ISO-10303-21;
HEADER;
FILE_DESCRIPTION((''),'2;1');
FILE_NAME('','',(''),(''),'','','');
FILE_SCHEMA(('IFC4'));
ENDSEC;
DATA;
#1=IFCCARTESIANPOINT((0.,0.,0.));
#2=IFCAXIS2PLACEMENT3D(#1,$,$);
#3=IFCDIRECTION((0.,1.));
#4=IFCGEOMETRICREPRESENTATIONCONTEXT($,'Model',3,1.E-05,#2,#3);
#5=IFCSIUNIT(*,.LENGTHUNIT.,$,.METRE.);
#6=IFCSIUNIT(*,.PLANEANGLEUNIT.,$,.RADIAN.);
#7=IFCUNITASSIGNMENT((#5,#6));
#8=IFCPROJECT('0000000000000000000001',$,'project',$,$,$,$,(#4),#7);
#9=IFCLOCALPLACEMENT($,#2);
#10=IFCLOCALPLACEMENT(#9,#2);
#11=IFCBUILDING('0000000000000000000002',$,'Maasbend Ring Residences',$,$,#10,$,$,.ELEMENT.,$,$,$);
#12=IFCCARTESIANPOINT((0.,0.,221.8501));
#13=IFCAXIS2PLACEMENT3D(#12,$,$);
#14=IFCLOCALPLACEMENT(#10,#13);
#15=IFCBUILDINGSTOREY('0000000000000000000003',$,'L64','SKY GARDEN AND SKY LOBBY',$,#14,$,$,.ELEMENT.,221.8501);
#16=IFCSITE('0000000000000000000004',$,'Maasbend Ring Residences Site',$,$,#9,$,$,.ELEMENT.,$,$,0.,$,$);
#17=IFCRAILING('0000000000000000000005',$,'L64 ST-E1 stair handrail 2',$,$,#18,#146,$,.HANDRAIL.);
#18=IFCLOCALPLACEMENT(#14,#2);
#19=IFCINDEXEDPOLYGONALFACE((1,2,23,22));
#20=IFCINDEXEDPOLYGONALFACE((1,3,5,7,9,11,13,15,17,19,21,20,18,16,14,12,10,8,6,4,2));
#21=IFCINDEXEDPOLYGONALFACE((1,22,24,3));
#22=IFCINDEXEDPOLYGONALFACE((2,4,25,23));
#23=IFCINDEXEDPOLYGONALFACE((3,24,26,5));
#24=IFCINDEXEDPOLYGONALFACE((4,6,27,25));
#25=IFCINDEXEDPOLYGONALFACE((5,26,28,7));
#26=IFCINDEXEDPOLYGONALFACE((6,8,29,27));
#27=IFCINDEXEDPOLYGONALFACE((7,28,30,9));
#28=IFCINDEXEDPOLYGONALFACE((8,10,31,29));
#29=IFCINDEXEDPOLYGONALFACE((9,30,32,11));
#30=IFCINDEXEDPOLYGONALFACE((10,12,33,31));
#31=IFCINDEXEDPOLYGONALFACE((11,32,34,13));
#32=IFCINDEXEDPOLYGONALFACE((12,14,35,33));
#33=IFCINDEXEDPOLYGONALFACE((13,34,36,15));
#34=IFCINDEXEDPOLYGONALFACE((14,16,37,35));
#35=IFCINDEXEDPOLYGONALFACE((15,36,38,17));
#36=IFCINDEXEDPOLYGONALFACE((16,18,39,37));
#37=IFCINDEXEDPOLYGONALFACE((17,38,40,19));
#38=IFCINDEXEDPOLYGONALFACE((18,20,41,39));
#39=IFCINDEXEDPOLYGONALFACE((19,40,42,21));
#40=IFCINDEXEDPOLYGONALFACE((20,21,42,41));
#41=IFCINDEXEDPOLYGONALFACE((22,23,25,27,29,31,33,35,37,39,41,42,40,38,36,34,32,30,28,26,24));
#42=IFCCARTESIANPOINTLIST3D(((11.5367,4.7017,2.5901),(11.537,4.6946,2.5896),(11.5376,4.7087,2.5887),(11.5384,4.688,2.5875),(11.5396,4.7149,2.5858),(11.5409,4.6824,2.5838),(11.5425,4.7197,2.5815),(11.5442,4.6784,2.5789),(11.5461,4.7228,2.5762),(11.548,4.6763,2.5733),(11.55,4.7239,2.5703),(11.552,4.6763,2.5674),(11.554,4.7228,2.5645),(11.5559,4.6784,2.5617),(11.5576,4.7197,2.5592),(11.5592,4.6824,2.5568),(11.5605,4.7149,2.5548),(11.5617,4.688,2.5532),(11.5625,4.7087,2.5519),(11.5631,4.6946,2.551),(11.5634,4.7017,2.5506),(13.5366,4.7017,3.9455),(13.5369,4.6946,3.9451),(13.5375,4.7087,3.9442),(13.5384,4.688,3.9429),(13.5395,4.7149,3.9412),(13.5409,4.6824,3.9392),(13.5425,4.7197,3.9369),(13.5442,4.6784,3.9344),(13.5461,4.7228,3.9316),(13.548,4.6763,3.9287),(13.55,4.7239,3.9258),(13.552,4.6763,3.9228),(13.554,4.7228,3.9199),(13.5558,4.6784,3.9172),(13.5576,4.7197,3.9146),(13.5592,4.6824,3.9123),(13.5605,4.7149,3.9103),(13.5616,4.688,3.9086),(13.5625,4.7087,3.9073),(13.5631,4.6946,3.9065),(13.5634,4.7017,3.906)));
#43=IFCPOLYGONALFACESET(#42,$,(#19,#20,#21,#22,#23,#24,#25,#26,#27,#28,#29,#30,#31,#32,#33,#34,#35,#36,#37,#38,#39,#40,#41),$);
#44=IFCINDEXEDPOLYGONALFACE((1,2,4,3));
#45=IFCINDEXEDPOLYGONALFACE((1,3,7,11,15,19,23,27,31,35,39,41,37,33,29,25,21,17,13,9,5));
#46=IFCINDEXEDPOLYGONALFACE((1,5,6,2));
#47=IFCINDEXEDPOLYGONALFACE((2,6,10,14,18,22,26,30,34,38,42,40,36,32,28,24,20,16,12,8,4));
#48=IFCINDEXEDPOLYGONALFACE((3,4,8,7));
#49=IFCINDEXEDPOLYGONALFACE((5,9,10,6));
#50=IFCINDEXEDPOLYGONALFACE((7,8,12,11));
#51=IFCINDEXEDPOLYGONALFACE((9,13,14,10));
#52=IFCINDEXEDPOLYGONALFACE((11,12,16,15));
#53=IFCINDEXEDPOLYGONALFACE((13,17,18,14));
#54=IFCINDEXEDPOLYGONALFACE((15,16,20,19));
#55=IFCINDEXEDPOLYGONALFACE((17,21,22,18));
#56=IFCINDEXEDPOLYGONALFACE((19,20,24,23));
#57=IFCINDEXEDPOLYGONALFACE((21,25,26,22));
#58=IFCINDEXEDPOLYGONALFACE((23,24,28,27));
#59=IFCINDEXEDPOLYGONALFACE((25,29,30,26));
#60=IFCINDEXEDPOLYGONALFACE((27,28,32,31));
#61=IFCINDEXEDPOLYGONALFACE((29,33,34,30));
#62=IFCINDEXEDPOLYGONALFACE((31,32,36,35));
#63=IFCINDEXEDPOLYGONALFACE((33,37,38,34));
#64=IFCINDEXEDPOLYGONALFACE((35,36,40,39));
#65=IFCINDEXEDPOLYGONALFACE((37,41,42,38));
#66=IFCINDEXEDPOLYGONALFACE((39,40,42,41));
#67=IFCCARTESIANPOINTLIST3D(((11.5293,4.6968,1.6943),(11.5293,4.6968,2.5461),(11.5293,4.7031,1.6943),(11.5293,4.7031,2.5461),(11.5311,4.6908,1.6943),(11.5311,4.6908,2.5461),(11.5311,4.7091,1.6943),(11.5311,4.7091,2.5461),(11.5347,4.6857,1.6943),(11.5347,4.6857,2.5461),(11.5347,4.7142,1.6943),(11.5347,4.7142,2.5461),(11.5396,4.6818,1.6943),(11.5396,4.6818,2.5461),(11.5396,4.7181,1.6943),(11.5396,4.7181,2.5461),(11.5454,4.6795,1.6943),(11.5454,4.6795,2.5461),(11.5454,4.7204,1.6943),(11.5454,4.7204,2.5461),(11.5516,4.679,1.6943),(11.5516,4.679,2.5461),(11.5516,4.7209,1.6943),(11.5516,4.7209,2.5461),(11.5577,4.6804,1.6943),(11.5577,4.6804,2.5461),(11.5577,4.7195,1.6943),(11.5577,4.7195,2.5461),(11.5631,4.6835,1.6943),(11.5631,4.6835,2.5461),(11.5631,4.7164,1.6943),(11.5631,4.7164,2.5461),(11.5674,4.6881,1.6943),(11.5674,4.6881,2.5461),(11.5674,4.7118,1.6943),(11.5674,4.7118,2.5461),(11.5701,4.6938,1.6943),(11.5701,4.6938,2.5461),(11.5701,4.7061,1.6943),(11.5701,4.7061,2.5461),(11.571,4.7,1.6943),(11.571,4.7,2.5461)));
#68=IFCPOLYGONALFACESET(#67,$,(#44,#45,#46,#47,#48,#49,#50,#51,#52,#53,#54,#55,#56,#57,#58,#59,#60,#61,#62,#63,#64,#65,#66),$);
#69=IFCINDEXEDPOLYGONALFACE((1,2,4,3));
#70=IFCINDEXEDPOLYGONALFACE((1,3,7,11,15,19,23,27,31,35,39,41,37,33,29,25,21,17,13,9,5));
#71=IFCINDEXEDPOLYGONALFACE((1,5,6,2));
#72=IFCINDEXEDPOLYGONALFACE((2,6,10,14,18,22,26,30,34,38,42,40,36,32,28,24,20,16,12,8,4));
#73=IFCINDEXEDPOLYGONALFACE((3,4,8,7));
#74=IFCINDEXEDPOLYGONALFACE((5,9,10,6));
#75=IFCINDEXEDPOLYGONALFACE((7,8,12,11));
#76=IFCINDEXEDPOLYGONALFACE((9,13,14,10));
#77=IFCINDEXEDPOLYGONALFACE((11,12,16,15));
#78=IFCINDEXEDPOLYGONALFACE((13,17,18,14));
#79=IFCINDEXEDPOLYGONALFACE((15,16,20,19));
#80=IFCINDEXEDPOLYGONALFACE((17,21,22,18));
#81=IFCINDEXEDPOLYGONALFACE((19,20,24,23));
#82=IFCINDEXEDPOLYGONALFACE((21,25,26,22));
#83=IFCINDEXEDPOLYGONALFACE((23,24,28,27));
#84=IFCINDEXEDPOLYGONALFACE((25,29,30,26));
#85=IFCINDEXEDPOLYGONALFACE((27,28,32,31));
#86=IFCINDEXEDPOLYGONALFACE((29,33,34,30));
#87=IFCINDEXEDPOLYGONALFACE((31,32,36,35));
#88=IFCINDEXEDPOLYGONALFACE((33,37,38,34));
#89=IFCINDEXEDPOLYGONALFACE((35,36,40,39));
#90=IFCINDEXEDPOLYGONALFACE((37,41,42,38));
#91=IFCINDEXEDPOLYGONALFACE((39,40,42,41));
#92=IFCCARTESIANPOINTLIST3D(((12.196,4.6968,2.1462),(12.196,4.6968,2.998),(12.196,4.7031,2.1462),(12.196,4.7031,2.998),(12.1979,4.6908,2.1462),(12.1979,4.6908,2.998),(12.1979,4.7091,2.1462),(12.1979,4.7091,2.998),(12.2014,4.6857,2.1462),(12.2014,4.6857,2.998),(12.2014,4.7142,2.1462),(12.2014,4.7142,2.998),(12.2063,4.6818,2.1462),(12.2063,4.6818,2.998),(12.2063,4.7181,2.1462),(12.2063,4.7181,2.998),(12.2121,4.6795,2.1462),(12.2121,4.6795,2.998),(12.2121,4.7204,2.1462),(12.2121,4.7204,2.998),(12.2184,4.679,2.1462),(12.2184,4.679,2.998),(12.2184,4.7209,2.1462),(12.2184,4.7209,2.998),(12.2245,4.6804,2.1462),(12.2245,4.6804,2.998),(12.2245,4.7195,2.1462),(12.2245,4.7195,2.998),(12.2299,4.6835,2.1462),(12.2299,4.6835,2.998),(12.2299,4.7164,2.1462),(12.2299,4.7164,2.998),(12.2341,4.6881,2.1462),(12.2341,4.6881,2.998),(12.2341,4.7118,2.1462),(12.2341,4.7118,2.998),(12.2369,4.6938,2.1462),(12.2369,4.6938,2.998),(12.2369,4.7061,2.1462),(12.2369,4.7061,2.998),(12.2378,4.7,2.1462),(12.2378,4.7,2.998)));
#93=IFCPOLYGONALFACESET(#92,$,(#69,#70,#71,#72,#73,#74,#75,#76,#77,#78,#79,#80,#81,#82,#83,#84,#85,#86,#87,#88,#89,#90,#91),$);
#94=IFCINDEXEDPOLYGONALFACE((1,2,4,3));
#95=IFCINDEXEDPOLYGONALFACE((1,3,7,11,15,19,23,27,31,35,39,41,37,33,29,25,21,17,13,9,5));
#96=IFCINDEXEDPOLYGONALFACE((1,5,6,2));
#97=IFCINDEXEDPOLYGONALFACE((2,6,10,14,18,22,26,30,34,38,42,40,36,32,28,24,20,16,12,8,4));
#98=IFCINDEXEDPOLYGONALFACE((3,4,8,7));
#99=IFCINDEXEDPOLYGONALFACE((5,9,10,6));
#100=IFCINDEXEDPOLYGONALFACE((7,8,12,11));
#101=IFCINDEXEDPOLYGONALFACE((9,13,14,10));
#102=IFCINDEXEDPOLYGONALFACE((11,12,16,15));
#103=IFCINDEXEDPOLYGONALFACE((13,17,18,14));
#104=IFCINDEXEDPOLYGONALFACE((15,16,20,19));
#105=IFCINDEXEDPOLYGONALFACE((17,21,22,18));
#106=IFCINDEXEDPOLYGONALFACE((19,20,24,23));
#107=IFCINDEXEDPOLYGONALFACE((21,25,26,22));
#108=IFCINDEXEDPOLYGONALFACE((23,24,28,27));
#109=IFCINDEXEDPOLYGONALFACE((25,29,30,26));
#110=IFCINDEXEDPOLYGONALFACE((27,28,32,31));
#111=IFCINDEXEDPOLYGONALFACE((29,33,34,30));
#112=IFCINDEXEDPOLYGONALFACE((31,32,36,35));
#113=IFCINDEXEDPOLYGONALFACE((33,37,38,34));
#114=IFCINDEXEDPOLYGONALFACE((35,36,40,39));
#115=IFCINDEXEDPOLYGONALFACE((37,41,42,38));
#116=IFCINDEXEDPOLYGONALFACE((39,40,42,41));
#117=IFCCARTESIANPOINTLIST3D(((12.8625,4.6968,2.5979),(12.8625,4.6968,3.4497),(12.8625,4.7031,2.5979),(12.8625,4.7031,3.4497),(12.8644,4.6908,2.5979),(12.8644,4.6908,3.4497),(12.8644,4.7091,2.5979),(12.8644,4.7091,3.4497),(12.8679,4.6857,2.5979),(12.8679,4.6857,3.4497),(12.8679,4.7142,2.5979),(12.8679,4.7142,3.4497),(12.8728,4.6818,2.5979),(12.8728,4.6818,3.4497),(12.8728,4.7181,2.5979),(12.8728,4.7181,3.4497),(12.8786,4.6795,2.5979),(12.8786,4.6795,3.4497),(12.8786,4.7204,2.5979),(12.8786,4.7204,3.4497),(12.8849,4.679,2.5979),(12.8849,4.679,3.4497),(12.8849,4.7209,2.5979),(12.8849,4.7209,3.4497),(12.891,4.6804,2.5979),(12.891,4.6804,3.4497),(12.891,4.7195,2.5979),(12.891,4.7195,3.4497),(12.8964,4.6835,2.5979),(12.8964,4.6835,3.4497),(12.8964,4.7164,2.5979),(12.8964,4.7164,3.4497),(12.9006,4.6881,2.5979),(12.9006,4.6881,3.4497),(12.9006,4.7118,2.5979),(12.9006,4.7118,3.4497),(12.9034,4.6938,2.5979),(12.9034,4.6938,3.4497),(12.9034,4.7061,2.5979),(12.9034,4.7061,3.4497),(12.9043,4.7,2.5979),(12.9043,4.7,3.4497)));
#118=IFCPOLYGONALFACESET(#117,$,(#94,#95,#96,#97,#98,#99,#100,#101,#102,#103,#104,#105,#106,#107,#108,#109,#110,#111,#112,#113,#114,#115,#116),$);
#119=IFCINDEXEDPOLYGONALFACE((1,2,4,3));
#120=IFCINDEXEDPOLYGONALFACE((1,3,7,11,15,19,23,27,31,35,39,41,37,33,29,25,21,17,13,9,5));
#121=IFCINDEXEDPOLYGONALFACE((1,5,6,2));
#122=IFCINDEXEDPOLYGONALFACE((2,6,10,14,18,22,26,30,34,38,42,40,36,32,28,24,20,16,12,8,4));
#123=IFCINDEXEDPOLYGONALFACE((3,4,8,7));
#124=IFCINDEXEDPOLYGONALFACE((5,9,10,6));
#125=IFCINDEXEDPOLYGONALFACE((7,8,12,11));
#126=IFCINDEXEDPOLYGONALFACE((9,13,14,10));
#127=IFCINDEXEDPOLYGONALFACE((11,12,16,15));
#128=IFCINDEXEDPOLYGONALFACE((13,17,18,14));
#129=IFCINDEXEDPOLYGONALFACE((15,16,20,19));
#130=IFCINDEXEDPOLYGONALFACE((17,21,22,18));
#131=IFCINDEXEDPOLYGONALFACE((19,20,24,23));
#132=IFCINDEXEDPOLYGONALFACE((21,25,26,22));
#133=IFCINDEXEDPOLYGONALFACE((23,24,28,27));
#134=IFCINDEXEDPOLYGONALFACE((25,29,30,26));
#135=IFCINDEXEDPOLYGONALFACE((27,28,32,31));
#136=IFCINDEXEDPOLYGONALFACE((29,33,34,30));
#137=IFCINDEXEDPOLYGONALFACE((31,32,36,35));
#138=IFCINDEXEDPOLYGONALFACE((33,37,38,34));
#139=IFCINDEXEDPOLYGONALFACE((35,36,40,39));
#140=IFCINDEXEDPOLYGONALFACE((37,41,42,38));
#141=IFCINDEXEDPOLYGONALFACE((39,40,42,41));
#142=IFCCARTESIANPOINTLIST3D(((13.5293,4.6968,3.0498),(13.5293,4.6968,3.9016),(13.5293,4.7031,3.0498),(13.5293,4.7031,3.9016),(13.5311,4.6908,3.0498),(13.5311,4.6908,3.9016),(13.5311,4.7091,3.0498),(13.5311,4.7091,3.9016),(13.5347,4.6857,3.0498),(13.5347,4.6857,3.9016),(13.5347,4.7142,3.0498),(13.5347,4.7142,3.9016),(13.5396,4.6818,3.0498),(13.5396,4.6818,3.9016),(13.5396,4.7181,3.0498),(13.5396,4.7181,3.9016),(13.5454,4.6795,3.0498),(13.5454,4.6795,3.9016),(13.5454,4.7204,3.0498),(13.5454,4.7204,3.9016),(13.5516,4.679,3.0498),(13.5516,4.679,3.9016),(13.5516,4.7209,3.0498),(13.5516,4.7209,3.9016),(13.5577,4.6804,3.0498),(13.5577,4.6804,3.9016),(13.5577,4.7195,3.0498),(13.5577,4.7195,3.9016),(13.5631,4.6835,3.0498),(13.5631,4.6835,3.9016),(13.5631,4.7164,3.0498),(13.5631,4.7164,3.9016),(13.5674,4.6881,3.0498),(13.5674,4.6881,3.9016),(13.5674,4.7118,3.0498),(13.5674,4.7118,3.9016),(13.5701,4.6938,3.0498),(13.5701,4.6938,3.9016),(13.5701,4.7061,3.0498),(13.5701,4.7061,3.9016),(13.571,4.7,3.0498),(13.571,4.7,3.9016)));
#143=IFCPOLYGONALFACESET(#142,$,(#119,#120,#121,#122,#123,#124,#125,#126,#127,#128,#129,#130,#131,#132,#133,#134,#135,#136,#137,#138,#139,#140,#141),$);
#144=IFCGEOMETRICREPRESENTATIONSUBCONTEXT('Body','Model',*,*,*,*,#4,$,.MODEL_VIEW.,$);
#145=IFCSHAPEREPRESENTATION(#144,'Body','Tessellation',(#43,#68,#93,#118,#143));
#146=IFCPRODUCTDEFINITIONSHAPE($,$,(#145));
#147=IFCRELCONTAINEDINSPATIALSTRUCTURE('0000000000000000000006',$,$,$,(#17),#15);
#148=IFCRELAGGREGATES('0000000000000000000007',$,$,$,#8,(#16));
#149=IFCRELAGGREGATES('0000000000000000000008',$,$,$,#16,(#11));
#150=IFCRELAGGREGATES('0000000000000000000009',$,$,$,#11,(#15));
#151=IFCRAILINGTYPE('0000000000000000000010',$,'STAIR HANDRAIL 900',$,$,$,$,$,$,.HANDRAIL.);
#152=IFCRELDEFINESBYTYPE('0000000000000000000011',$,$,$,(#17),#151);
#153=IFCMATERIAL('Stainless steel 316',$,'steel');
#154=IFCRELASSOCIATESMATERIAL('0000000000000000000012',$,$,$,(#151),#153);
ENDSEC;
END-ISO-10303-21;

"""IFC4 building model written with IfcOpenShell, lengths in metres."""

from ifc_helpers import new_model, si_unit, direction, frame, origin, origin_2d, place, context, subcontext, project, spatial, circle, extrude, material, type_object, element, save


model = new_model("IFC4")

# Units and contexts
model_context = context("Model", 3, precision=1e-05, world=origin(), true_north=direction((0.0, 1.0)))
body_context = subcontext(model_context, "Body", "Model", "MODEL_VIEW")
ifc_project = project(units=[si_unit("LENGTHUNIT", "METRE"), si_unit("PLANEANGLEUNIT", "RADIAN")], contexts=[model_context])

# Site, building, storey
site_placement = place(None, origin())
site = spatial("IfcSite", under=ifc_project, at=site_placement, Name="Maasbend Ring Residences Site", CompositionType="ELEMENT", RefElevation=0.0)
building_placement = place(site_placement, origin())
building = spatial("IfcBuilding", under=site, at=building_placement, Name="Maasbend Ring Residences", CompositionType="ELEMENT")
storey_placement = place(building_placement, frame((0.0, 0.0, 221.8501)))
storey = spatial("IfcBuildingStorey", under=building, at=storey_placement, Name="L64", Description="SKY GARDEN AND SKY LOBBY", CompositionType="ELEMENT", Elevation=221.8501)

# Railing
ifc_material_1 = material(Name="Stainless steel 316", Category="steel")
railing_type_1 = type_object("IfcRailingType", Name="STAIR HANDRAIL 900", PredefinedType="HANDRAIL", material=ifc_material_1)
for number, where, name in (
    (1, (11.55, 4.7, 1.6943), "L64 ST-E1 stair handrail 2"),
):
    element("IfcRailing", number, at=place(storey_placement, frame(where)), inside=storey, type_object=railing_type_1, Name=name, PredefinedType="HANDRAIL", context=body_context, shape_type="SweptSolid", body=[
        extrude(circle(Radius=0.0239, at=origin_2d()), frame((0.0, 0.0, 0.876), z_axis=(0.827798, 0.0, 0.561027), x_axis=(0.0, 1.0, 0.0)), (0.0, 0.0, 1.0), 2.416),
        extrude(circle(Radius=0.021, at=origin_2d()), origin(), (0.0, 0.0, 1.0), 0.8518),
        extrude(circle(Radius=0.021, at=origin_2d()), frame((0.6667, 0.0, 0.4519)), (0.0, 0.0, 1.0), 0.8518),
        extrude(circle(Radius=0.021, at=origin_2d()), frame((1.3333, 0.0, 0.9036)), (0.0, 0.0, 1.0), 0.8518),
        extrude(circle(Radius=0.021, at=origin_2d()), frame((2.0, 0.0, 1.3555)), (0.0, 0.0, 1.0), 0.8518),
    ])

save(model, "model.ifc")
